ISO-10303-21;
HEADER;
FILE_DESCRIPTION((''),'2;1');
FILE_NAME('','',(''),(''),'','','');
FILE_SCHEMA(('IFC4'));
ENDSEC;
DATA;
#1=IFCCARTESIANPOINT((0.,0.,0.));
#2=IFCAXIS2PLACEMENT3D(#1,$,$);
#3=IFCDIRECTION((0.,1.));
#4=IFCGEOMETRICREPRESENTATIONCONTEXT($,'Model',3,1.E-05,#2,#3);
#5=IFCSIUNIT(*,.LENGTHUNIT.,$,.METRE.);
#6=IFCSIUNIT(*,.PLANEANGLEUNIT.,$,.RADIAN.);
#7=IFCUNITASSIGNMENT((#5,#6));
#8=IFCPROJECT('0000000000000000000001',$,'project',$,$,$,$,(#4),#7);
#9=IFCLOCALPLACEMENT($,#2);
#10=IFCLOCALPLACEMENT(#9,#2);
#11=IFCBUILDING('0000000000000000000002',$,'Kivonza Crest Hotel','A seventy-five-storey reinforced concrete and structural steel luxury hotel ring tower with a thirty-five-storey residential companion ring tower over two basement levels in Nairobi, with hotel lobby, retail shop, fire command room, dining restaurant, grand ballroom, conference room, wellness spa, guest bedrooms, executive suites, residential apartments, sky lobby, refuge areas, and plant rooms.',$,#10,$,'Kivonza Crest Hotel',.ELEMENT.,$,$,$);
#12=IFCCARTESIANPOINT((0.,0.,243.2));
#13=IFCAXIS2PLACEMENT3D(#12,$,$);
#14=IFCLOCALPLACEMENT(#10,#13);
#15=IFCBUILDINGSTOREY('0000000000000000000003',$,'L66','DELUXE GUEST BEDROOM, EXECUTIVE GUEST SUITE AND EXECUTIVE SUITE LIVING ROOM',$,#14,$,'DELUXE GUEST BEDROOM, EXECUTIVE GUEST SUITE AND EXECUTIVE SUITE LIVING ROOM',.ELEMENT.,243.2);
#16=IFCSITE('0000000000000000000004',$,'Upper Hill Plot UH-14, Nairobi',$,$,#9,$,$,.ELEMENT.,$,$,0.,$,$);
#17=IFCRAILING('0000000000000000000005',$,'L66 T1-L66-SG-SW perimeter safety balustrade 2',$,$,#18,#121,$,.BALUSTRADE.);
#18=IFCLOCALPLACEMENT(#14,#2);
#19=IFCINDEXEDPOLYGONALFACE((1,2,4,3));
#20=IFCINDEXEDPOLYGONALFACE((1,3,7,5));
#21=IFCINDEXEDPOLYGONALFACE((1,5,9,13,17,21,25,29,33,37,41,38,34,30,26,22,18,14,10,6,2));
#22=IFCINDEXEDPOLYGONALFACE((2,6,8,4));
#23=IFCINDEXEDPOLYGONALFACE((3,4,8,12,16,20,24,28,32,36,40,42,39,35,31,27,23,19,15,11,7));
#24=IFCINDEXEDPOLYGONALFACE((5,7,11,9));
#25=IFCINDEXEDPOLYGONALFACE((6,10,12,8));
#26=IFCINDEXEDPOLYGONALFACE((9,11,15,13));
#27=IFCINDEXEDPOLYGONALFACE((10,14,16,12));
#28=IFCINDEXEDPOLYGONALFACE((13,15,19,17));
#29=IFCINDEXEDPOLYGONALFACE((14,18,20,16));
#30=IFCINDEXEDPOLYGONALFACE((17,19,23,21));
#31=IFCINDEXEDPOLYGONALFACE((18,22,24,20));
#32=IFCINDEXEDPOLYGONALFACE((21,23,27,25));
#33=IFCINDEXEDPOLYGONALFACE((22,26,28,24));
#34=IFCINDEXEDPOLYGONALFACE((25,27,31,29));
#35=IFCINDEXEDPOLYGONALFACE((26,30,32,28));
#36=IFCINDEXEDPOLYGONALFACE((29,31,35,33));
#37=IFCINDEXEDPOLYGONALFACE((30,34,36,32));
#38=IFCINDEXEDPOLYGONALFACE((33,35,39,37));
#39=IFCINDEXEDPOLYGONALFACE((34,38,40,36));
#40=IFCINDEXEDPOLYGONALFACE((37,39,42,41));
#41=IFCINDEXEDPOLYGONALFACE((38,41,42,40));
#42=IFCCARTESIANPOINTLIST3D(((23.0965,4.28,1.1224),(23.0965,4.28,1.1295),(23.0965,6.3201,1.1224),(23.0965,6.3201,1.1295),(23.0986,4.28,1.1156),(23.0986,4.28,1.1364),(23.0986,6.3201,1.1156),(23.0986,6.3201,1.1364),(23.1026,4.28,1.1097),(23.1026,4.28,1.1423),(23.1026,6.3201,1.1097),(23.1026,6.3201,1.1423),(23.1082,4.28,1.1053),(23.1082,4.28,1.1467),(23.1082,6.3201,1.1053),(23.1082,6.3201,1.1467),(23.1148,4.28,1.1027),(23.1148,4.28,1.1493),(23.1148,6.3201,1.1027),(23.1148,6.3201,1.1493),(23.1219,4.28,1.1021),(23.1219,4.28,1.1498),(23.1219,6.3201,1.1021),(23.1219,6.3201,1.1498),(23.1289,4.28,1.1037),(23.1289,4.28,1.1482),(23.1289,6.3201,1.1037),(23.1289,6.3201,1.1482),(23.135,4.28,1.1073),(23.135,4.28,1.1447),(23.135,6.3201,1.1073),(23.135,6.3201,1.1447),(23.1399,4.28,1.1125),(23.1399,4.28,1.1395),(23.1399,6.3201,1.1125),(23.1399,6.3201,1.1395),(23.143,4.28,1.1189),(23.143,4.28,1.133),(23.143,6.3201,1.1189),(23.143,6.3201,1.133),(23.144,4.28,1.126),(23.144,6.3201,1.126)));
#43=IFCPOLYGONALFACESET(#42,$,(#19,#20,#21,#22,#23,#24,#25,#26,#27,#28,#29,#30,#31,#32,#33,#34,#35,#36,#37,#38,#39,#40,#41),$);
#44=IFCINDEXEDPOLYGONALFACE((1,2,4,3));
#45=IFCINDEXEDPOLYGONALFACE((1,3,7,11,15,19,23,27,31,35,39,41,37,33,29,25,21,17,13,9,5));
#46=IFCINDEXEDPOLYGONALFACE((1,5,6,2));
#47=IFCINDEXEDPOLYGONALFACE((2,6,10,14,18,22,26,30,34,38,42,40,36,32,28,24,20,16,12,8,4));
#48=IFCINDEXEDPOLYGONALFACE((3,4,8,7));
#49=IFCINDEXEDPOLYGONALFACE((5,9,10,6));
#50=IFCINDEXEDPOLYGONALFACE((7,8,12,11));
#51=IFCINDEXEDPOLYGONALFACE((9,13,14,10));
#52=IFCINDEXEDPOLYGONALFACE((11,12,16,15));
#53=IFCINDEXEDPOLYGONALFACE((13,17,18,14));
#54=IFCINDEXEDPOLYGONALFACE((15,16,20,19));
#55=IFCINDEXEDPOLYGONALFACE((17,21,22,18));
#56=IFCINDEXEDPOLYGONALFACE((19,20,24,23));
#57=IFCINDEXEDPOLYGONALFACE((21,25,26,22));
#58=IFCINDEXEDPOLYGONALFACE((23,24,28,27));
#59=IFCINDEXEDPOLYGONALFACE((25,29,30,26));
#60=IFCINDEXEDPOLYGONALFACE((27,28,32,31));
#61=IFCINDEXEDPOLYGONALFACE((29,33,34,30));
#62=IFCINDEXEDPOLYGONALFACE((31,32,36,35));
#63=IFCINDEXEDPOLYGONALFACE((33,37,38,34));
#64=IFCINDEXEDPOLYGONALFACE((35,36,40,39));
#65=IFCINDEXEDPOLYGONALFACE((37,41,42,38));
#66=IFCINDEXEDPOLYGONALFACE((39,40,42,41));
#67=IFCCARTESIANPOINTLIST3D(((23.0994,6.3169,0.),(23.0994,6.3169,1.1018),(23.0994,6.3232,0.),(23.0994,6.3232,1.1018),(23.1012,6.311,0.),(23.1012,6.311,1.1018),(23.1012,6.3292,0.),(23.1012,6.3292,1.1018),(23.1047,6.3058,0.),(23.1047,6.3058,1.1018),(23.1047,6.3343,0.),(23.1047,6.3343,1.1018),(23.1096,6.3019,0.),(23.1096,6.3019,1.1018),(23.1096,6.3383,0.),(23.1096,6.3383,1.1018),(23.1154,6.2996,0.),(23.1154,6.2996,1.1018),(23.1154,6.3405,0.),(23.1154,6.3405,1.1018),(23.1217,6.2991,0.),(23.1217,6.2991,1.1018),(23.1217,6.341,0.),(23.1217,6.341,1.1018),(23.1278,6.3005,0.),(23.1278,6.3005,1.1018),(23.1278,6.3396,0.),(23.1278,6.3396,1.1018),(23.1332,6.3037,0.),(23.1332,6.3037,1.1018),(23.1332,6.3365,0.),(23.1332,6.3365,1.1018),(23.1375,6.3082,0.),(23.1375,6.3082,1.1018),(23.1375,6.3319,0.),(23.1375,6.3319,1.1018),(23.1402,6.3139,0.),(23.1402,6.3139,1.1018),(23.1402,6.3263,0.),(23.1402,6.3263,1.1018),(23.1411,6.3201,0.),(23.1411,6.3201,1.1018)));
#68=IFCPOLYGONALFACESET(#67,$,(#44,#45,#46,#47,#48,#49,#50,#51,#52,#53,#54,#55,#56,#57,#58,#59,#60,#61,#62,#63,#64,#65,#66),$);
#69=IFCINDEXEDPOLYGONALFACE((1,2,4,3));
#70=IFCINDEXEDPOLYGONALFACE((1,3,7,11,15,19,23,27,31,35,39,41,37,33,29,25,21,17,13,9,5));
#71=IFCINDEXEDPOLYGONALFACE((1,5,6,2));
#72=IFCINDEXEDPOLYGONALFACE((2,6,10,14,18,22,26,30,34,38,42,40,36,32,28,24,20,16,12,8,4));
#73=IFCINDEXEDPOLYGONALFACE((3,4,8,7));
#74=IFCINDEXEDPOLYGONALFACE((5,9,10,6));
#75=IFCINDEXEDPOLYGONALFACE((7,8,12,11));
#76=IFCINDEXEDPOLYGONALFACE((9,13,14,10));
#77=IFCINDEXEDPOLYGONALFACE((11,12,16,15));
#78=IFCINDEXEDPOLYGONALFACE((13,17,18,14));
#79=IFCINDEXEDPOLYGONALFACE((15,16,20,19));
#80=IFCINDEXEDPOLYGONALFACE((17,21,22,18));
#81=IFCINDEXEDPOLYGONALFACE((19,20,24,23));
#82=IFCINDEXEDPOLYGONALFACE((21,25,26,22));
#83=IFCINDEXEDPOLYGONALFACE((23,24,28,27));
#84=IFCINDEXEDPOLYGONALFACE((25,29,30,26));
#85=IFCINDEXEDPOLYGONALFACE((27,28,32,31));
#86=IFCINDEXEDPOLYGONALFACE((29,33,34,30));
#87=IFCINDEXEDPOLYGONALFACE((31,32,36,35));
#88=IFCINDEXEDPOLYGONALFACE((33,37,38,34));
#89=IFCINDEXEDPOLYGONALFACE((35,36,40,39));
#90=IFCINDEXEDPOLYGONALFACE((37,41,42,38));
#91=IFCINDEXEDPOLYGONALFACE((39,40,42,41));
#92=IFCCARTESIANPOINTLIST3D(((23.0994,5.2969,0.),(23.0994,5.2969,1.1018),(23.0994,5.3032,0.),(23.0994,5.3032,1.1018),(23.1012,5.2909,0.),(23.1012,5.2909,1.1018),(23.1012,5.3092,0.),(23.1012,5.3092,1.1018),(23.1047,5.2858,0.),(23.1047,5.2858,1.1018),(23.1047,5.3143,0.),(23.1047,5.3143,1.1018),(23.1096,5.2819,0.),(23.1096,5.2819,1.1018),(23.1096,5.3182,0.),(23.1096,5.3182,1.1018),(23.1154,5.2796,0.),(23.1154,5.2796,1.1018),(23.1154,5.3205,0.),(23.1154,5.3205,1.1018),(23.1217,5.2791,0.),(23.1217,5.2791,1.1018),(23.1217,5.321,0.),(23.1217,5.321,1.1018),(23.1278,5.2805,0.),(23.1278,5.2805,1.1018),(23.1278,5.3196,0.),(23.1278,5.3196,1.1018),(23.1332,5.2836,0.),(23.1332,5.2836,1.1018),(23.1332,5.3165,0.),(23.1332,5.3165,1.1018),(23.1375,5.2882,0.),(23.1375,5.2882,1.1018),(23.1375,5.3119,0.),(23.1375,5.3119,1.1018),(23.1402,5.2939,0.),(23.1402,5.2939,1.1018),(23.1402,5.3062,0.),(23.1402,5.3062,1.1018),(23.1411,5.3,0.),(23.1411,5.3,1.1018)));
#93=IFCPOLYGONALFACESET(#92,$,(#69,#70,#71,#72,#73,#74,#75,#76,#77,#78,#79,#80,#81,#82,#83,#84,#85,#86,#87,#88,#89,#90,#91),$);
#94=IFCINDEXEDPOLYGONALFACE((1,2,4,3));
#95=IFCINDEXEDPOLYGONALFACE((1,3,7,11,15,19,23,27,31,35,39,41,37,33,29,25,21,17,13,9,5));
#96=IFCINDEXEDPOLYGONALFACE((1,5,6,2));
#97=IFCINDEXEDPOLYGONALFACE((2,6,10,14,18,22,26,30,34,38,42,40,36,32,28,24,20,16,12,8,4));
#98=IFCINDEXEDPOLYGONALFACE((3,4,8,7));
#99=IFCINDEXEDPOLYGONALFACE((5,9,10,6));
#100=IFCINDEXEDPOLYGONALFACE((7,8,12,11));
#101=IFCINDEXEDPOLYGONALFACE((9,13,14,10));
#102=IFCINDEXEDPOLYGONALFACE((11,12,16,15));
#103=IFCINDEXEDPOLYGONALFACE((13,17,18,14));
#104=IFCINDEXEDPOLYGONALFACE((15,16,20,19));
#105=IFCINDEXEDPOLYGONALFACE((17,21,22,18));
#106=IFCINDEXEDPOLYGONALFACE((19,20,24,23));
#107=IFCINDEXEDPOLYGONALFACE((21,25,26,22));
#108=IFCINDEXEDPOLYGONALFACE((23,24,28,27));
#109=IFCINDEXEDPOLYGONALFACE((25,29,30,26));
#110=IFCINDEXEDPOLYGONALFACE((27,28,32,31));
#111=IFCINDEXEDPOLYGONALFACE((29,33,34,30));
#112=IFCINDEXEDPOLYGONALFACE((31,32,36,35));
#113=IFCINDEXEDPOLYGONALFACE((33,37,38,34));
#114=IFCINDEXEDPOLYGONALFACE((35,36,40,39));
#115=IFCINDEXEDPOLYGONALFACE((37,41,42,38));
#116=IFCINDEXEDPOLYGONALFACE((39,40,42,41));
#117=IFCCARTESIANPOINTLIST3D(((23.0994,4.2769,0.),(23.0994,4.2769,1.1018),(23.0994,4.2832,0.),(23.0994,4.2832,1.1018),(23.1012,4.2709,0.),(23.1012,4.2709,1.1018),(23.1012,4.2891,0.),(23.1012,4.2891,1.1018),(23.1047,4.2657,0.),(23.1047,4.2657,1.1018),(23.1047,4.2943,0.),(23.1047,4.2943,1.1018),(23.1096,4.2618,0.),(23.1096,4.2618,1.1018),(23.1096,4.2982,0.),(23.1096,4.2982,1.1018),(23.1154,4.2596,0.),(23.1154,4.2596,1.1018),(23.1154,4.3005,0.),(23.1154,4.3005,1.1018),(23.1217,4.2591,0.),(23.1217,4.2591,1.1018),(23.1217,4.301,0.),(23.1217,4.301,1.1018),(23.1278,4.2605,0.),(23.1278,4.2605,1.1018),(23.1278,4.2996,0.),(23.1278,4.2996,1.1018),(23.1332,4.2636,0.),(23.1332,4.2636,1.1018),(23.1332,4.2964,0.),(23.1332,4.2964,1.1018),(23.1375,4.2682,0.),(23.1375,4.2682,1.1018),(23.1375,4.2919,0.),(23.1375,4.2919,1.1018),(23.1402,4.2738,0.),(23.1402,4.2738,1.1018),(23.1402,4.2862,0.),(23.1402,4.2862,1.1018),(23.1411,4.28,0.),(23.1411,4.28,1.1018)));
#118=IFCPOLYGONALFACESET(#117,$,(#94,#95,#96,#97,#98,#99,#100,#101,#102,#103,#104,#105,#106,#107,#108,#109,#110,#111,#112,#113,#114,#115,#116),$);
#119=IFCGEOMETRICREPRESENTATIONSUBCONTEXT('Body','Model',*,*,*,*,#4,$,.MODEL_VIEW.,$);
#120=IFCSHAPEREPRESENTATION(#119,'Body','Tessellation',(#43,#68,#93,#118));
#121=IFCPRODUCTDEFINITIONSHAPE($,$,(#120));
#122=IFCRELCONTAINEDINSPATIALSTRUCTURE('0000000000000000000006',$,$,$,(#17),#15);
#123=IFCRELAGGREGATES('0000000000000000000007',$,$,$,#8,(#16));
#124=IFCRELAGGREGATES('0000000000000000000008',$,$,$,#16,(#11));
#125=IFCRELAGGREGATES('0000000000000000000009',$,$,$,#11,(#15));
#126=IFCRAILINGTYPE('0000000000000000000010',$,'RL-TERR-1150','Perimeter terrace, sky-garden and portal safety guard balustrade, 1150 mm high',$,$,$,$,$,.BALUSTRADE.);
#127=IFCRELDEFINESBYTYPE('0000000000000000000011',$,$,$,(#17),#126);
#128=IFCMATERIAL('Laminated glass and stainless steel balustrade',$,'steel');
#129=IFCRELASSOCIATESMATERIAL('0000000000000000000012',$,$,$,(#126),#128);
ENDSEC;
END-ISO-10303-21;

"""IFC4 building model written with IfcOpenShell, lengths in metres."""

from ifc_helpers import new_model, si_unit, direction, frame, origin, origin_2d, place, context, subcontext, project, spatial, circle, extrude, material, type_object, element, save


model = new_model("IFC4")

# Units and contexts
model_context = context("Model", 3, precision=1e-05, world=origin(), true_north=direction((0.0, 1.0)))
body_context = subcontext(model_context, "Body", "Model", "MODEL_VIEW")
ifc_project = project(units=[si_unit("LENGTHUNIT", "METRE"), si_unit("PLANEANGLEUNIT", "RADIAN")], contexts=[model_context])

# Site, building, storey
site_placement = place(None, origin())
site = spatial("IfcSite", under=ifc_project, at=site_placement, Name="Upper Hill Plot UH-14, Nairobi", CompositionType="ELEMENT", RefElevation=0.0)
building_placement = place(site_placement, origin())
building = spatial("IfcBuilding", under=site, at=building_placement, Name="Kivonza Crest Hotel", Description="A seventy-five-storey reinforced concrete and structural steel luxury hotel ring tower with a thirty-five-storey residential companion ring tower over two basement levels in Nairobi, with hotel lobby, retail shop, fire command room, dining restaurant, grand ballroom, conference room, wellness spa, guest bedrooms, executive suites, residential apartments, sky lobby, refuge areas, and plant rooms.", LongName="Kivonza Crest Hotel", CompositionType="ELEMENT")
storey_placement = place(building_placement, frame((0.0, 0.0, 243.2)))
storey = spatial("IfcBuildingStorey", under=building, at=storey_placement, Name="L66", Description="DELUXE GUEST BEDROOM, EXECUTIVE GUEST SUITE AND EXECUTIVE SUITE LIVING ROOM", LongName="DELUXE GUEST BEDROOM, EXECUTIVE GUEST SUITE AND EXECUTIVE SUITE LIVING ROOM", CompositionType="ELEMENT", Elevation=243.2)

# Railing
ifc_material_1 = material(Name="Laminated glass and stainless steel balustrade", Category="steel")
railing_type = type_object("IfcRailingType", Name="RL-TERR-1150", Description="Perimeter terrace, sky-garden and portal safety guard balustrade, 1150 mm high", PredefinedType="BALUSTRADE", material=ifc_material_1)
railing_1_placement = place(storey_placement, frame((23.1201, 6.3201, 0.0)))
element("IfcRailing", 1, at=railing_1_placement, inside=storey, type_object=railing_type, Name="L66 T1-L66-SG-SW perimeter safety balustrade 2", PredefinedType="BALUSTRADE", context=body_context, shape_type="SweptSolid", body=[
    extrude(circle(Radius=0.0239, at=origin_2d()), frame((0.0, 0.0, 1.126), z_axis=(0.0, -1.0, 0.0), x_axis=(1.0, 0.0, 0.0)), (0.0, 0.0, 1.0), 2.04),
    extrude(circle(Radius=0.021, at=origin_2d()), origin(), (0.0, 0.0, 1.0), 1.1018),
    extrude(circle(Radius=0.021, at=origin_2d()), frame((0.0, -1.02, 0.0)), (0.0, 0.0, 1.0), 1.1018),
    extrude(circle(Radius=0.021, at=origin_2d()), frame((0.0, -2.04, 0.0)), (0.0, 0.0, 1.0), 1.1018),
])

save(model, "model.ifc")
